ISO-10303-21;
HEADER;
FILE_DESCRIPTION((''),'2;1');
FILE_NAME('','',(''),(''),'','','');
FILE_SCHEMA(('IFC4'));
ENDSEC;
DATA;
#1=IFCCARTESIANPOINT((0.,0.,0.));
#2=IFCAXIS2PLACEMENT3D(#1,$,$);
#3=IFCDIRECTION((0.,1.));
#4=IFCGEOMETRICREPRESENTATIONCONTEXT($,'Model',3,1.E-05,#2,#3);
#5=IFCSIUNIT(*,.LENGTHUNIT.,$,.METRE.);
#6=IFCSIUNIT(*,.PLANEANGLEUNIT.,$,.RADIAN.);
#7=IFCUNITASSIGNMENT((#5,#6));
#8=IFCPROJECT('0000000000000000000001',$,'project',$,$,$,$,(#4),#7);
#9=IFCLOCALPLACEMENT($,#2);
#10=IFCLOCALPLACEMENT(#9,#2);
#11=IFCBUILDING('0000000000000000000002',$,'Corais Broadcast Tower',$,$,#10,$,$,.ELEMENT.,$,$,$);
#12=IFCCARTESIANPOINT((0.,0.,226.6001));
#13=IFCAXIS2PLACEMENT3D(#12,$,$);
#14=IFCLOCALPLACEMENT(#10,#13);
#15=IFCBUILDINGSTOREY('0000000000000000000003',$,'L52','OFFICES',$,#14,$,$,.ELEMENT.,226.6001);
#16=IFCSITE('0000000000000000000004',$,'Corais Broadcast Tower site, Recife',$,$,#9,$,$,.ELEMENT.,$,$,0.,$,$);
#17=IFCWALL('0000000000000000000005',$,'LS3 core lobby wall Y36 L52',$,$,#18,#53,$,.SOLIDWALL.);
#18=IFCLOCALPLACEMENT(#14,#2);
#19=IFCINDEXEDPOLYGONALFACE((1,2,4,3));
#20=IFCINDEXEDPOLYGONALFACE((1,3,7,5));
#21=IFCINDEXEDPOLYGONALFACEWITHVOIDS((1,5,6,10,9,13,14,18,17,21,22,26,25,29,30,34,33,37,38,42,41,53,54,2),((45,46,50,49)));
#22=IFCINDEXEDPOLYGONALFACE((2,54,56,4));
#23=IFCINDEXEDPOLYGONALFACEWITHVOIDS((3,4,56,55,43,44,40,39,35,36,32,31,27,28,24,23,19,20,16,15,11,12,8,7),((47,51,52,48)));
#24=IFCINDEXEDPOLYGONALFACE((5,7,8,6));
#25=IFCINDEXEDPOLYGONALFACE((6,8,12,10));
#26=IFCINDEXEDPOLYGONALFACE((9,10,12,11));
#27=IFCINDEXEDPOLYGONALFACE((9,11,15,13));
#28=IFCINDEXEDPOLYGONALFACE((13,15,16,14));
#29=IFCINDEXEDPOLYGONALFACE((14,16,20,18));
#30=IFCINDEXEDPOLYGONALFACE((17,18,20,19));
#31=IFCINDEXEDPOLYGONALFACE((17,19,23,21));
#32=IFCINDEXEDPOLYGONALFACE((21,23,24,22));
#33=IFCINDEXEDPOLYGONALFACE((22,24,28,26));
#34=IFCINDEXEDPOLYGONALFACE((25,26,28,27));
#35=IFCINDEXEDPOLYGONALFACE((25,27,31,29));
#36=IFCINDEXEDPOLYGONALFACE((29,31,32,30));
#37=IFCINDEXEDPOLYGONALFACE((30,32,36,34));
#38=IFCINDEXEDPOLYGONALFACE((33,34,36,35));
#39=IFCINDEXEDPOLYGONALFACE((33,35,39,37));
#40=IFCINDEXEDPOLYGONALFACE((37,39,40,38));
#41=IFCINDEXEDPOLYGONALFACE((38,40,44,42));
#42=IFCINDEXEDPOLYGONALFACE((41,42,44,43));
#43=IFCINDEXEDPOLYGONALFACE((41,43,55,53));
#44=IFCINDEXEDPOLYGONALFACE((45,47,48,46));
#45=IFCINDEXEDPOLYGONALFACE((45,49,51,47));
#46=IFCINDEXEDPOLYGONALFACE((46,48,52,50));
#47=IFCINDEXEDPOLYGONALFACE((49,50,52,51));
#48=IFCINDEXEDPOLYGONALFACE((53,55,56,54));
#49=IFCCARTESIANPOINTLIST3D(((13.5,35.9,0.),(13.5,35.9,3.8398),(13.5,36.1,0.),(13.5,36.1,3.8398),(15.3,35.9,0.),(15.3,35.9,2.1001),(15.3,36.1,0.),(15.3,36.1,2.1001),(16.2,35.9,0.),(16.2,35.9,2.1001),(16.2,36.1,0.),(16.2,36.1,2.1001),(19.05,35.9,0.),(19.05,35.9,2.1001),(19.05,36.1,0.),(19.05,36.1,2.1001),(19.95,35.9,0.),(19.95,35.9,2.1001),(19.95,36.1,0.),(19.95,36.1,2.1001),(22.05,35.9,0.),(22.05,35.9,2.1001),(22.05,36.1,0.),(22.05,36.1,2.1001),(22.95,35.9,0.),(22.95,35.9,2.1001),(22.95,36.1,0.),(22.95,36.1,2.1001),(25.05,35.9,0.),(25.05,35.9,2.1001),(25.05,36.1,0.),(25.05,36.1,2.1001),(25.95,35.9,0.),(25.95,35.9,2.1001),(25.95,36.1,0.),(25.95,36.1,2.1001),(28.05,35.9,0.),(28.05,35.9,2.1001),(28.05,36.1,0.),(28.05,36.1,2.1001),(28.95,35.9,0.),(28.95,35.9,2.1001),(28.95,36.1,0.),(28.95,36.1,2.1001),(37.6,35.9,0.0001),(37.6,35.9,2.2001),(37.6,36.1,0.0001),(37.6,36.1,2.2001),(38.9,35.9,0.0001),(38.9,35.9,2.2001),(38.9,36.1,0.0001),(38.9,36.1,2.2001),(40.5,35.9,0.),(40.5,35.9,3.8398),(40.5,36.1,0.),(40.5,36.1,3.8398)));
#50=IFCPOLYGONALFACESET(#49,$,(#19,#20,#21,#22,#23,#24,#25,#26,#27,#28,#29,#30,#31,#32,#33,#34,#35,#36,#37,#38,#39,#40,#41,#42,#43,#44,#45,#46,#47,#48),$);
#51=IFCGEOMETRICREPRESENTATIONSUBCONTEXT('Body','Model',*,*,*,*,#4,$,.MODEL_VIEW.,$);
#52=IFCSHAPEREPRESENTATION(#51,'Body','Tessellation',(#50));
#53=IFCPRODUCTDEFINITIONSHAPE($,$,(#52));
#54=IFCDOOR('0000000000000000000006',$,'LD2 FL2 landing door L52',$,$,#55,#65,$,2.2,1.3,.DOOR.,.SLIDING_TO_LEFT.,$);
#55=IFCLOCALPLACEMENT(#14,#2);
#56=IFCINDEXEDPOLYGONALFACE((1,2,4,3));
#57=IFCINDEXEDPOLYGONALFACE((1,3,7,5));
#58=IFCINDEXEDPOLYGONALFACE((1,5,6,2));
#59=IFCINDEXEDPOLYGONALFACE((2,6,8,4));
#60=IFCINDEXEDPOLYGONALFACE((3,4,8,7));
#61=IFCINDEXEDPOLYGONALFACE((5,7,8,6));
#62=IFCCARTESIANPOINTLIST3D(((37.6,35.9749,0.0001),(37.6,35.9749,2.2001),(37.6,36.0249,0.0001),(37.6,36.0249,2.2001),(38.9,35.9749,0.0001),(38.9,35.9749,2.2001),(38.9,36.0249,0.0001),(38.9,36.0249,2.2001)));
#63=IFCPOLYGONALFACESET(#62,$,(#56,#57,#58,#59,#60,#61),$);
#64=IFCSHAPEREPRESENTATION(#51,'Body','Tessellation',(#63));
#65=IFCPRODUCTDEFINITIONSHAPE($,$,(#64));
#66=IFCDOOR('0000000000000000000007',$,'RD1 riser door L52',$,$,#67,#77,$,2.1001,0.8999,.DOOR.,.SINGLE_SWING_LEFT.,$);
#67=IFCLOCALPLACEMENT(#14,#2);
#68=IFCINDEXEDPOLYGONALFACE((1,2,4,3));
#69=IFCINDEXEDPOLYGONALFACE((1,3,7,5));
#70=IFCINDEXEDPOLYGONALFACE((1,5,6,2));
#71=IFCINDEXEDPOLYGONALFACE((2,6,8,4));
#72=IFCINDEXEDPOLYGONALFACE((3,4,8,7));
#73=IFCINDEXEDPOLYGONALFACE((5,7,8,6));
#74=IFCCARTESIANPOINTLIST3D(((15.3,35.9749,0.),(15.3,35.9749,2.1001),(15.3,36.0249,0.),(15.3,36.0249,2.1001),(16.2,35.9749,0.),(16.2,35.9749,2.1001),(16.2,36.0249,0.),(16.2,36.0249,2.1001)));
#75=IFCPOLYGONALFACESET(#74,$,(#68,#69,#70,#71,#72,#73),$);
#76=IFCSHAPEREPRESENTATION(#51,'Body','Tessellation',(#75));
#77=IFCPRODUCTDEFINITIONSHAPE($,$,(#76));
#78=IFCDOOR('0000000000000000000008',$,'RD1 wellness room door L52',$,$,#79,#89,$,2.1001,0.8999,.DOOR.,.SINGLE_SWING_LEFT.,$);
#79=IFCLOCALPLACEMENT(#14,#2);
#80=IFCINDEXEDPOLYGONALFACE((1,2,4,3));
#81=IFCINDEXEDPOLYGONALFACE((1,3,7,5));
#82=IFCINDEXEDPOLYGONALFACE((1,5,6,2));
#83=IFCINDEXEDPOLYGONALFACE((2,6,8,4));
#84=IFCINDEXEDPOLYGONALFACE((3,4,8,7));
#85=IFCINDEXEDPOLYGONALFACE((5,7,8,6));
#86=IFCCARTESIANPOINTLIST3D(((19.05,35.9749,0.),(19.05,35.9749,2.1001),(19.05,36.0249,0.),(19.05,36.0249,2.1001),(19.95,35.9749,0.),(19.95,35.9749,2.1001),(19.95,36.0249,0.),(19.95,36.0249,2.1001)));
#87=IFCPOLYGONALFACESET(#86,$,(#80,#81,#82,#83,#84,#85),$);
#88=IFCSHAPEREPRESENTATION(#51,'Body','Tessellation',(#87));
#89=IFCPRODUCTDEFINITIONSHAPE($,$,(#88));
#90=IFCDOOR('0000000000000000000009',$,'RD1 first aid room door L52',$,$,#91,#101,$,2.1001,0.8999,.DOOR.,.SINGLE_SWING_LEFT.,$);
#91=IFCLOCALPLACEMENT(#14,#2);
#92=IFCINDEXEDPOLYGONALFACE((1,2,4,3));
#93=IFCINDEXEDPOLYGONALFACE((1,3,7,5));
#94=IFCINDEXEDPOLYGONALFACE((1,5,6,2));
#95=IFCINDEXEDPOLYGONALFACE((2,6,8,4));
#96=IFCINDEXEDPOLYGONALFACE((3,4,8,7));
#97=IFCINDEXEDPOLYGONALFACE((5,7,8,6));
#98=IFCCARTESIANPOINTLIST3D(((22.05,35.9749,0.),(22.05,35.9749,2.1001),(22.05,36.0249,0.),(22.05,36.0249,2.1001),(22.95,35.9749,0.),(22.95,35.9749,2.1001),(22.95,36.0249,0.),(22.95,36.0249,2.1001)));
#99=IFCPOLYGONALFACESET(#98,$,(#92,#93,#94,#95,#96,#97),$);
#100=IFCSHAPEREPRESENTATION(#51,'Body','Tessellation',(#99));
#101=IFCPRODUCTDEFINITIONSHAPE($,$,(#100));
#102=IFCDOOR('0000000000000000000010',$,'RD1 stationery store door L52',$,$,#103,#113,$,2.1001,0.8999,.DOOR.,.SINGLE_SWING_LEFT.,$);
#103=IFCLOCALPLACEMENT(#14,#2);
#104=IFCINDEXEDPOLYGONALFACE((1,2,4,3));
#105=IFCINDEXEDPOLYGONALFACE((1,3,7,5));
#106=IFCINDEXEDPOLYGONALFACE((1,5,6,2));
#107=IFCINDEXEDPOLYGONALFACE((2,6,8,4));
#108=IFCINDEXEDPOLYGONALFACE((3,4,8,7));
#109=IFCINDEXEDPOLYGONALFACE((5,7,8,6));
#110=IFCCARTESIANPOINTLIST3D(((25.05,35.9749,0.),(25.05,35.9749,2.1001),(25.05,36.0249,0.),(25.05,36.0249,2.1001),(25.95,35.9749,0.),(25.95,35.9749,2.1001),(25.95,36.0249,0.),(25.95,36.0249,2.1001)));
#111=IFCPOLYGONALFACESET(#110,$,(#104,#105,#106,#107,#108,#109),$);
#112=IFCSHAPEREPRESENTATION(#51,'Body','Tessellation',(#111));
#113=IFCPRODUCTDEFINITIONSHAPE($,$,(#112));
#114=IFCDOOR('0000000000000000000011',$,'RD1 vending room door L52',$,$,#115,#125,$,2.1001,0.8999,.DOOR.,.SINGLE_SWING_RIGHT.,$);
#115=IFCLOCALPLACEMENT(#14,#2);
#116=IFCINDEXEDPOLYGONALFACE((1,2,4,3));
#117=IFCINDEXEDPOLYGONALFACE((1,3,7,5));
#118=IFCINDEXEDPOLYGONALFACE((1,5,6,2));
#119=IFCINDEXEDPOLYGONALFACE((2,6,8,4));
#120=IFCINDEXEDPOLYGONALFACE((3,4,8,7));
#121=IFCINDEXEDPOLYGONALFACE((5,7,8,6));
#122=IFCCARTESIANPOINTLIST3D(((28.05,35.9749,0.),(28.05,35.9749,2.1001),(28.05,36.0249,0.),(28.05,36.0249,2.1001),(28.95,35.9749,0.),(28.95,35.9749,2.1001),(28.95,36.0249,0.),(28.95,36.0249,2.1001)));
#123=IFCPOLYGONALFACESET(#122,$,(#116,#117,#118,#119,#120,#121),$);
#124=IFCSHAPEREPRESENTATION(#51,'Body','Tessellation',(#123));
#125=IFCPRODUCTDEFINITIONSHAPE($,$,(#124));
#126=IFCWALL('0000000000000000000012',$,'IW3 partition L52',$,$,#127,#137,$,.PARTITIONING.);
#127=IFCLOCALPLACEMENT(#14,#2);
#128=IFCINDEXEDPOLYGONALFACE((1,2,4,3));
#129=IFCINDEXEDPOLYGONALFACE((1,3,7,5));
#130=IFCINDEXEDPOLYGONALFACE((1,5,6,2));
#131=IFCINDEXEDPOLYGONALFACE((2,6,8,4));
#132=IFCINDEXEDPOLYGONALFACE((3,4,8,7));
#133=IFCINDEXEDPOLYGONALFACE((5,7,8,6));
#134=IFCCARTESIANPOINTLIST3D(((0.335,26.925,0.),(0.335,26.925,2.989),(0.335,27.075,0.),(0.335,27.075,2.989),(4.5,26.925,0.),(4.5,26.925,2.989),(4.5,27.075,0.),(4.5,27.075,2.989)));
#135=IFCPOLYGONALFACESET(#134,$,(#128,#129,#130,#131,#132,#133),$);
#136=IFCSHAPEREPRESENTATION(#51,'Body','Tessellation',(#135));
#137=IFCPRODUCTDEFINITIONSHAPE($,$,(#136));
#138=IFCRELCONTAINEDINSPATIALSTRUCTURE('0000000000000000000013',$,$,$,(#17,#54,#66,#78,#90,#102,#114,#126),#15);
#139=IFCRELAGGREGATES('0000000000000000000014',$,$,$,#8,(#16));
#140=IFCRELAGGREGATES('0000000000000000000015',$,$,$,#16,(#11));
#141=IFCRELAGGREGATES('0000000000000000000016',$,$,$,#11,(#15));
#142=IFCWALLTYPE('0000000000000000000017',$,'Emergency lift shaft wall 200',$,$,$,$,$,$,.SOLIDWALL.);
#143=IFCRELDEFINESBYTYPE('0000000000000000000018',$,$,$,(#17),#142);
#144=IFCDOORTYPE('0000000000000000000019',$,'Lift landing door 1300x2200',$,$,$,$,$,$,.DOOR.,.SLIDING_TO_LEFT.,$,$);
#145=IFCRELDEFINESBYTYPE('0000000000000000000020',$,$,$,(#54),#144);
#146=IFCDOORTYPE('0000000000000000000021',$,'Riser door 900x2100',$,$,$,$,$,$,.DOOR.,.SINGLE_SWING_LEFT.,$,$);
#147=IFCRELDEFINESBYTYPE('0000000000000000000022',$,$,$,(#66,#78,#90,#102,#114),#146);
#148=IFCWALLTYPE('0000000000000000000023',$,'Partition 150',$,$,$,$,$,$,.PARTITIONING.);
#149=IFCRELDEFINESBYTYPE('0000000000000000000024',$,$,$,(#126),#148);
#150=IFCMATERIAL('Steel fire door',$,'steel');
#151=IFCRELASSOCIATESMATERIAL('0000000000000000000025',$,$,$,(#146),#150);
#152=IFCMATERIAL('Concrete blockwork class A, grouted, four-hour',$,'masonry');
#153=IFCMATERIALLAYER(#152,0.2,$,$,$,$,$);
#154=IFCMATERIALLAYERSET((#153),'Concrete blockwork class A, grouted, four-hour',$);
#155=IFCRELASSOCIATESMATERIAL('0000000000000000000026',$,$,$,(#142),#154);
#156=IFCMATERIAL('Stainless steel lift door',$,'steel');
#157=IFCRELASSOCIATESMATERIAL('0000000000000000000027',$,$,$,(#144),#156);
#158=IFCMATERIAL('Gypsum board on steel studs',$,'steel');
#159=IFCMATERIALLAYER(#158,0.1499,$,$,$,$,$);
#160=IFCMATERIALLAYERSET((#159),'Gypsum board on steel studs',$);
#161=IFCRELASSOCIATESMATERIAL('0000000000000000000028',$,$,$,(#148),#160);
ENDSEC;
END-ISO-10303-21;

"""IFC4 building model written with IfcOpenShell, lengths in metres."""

from ifc_helpers import new_model, si_unit, direction, frame, frame_2d, origin, place, context, subcontext, project, spatial, rectangle, extrude, material, layer, layer_set, type_object, element, fill, save


model = new_model("IFC4")

# Units and contexts
model_context = context("Model", 3, precision=1e-05, world=origin(), true_north=direction((0.0, 1.0)))
body_context = subcontext(model_context, "Body", "Model", "MODEL_VIEW")
ifc_project = project(units=[si_unit("LENGTHUNIT", "METRE"), si_unit("PLANEANGLEUNIT", "RADIAN")], contexts=[model_context])

# Site, building, storey
site_placement = place(None, origin())
site = spatial("IfcSite", under=ifc_project, at=site_placement, Name="Corais Broadcast Tower site, Recife", CompositionType="ELEMENT", RefElevation=0.0)
building_placement = place(site_placement, origin())
building = spatial("IfcBuilding", under=site, at=building_placement, Name="Corais Broadcast Tower", CompositionType="ELEMENT")
storey_placement = place(building_placement, frame((0.0, 0.0, 226.6001)))
storey = spatial("IfcBuildingStorey", under=building, at=storey_placement, Name="L52", Description="OFFICES", CompositionType="ELEMENT", Elevation=226.6001)

# Wall, openings, doors
ifc_material_1 = material(Name="Steel fire door", Category="steel")
door_type_1 = type_object("IfcDoorType", Name="Riser door 900x2100", OperationType="SINGLE_SWING_LEFT", PredefinedType="DOOR", material=ifc_material_1)
ifc_material_2 = material(Name="Concrete blockwork class A, grouted, four-hour", Category="masonry")
ifc_layer_1 = layer(ifc_material_2, 0.2)
ifc_layer_set_1 = layer_set([ifc_layer_1], Name="Concrete blockwork class A, grouted, four-hour")
wall_type_1 = type_object("IfcWallType", Name="Emergency lift shaft wall 200", PredefinedType="SOLIDWALL", material=ifc_layer_set_1)
wall_1_placement = place(storey_placement, frame((13.5, 36.0, 0.0), z_axis=(0.0, 0.0, 1.0), x_axis=(1.0, 0.0, 0.0)))
wall_1 = element("IfcWall", 1, at=wall_1_placement, inside=storey, type_object=wall_type_1, Name="LS3 core lobby wall Y36 L52", PredefinedType="SOLIDWALL", context=body_context, shape_type="SweptSolid", body=[
    extrude(rectangle(XDim=27.0, YDim=0.2, at=frame_2d((13.5, 0.0))), origin(), (0.0, 0.0, 1.0), 3.8398),
])
opening_1_placement = place(wall_1_placement, frame((1.8, 0.0, 0.0)))
opening_1 = element("IfcOpeningElement", 2, at=opening_1_placement, cuts=wall_1, PredefinedType="OPENING", context=body_context, shape_type="SweptSolid", body=[
    extrude(rectangle(XDim=0.8999, YDim=2.1001, at=frame_2d((0.45, 1.05))), frame((0.0, 0.1099, 0.0), z_axis=(0.0, -1.0, 0.0), x_axis=(1.0, 0.0, 0.0)), (0.0, 0.0, 1.0), 0.22),
])
opening_2_placement = place(wall_1_placement, frame((5.55, 0.0, 0.0)))
opening_2 = element("IfcOpeningElement", 3, at=opening_2_placement, cuts=wall_1, PredefinedType="OPENING", context=body_context, shape_type="SweptSolid", body=[
    extrude(rectangle(XDim=0.8999, YDim=2.1001, at=frame_2d((0.45, 1.05))), frame((0.0, 0.1099, 0.0), z_axis=(0.0, -1.0, 0.0), x_axis=(1.0, 0.0, 0.0)), (0.0, 0.0, 1.0), 0.22),
])
opening_3_placement = place(wall_1_placement, frame((8.55, 0.0, 0.0)))
opening_3 = element("IfcOpeningElement", 4, at=opening_3_placement, cuts=wall_1, PredefinedType="OPENING", context=body_context, shape_type="SweptSolid", body=[
    extrude(rectangle(XDim=0.8999, YDim=2.1001, at=frame_2d((0.45, 1.05))), frame((0.0, 0.1099, 0.0), z_axis=(0.0, -1.0, 0.0), x_axis=(1.0, 0.0, 0.0)), (0.0, 0.0, 1.0), 0.22),
])
opening_4_placement = place(wall_1_placement, frame((11.55, 0.0, 0.0)))
opening_4 = element("IfcOpeningElement", 5, at=opening_4_placement, cuts=wall_1, PredefinedType="OPENING", context=body_context, shape_type="SweptSolid", body=[
    extrude(rectangle(XDim=0.8999, YDim=2.1001, at=frame_2d((0.45, 1.05))), frame((0.0, 0.1099, 0.0), z_axis=(0.0, -1.0, 0.0), x_axis=(1.0, 0.0, 0.0)), (0.0, 0.0, 1.0), 0.22),
])
opening_5_placement = place(wall_1_placement, frame((14.55, 0.0, 0.0)))
opening_5 = element("IfcOpeningElement", 6, at=opening_5_placement, cuts=wall_1, PredefinedType="OPENING", context=body_context, shape_type="SweptSolid", body=[
    extrude(rectangle(XDim=0.8999, YDim=2.1001, at=frame_2d((0.45, 1.05))), frame((0.0, 0.1099, 0.0), z_axis=(0.0, -1.0, 0.0), x_axis=(1.0, 0.0, 0.0)), (0.0, 0.0, 1.0), 0.22),
])
opening_6_placement = place(wall_1_placement, frame((24.1001, 0.0, 0.0)))
opening_6 = element("IfcOpeningElement", 7, at=opening_6_placement, cuts=wall_1, PredefinedType="OPENING", context=body_context, shape_type="SweptSolid", body=[
    extrude(rectangle(XDim=1.3, YDim=2.2, at=frame_2d((0.6499, 1.1001))), frame((0.0, 0.1099, 0.0), z_axis=(0.0, -1.0, 0.0), x_axis=(1.0, 0.0, 0.0)), (0.0, 0.0, 1.0), 0.22),
])
ifc_material_3 = material(Name="Stainless steel lift door", Category="steel")
door_type_2 = type_object("IfcDoorType", Name="Lift landing door 1300x2200", OperationType="SLIDING_TO_LEFT", PredefinedType="DOOR", material=ifc_material_3)
door_1_placement = place(opening_6_placement, origin())
door_1 = element("IfcDoor", 8, at=door_1_placement, inside=storey, type_object=door_type_2, Name="LD2 FL2 landing door L52", OperationType="SLIDING_TO_LEFT", OverallHeight=2.2, OverallWidth=1.3, PredefinedType="DOOR", context=body_context, shape_type="SweptSolid", body=[
    extrude(rectangle(XDim=1.3, YDim=2.2, at=frame_2d((0.6499, 1.1001))), frame((0.0, 0.0249, 0.0), z_axis=(0.0, -1.0, 0.0), x_axis=(1.0, 0.0, 0.0)), (0.0, 0.0, 1.0), 0.05),
])
fill(opening_6, door_1)
door_2_placement = place(opening_1_placement, origin())
door_2 = element("IfcDoor", 9, at=door_2_placement, inside=storey, type_object=door_type_1, Name="RD1 riser door L52", OperationType="SINGLE_SWING_LEFT", OverallHeight=2.1001, OverallWidth=0.8999, PredefinedType="DOOR", context=body_context, shape_type="SweptSolid", body=[
    extrude(rectangle(XDim=0.8999, YDim=2.1001, at=frame_2d((0.45, 1.05))), frame((0.0, 0.0249, 0.0), z_axis=(0.0, -1.0, 0.0), x_axis=(1.0, 0.0, 0.0)), (0.0, 0.0, 1.0), 0.05),
])
fill(opening_1, door_2)
door_3_placement = place(opening_2_placement, origin())
door_3 = element("IfcDoor", 10, at=door_3_placement, inside=storey, type_object=door_type_1, Name="RD1 wellness room door L52", OperationType="SINGLE_SWING_LEFT", OverallHeight=2.1001, OverallWidth=0.8999, PredefinedType="DOOR", context=body_context, shape_type="SweptSolid", body=[
    extrude(rectangle(XDim=0.8999, YDim=2.1001, at=frame_2d((0.45, 1.05))), frame((0.0, 0.0249, 0.0), z_axis=(0.0, -1.0, 0.0), x_axis=(1.0, 0.0, 0.0)), (0.0, 0.0, 1.0), 0.05),
])
fill(opening_2, door_3)
door_4_placement = place(opening_3_placement, origin())
door_4 = element("IfcDoor", 11, at=door_4_placement, inside=storey, type_object=door_type_1, Name="RD1 first aid room door L52", OperationType="SINGLE_SWING_LEFT", OverallHeight=2.1001, OverallWidth=0.8999, PredefinedType="DOOR", context=body_context, shape_type="SweptSolid", body=[
    extrude(rectangle(XDim=0.8999, YDim=2.1001, at=frame_2d((0.45, 1.05))), frame((0.0, 0.0249, 0.0), z_axis=(0.0, -1.0, 0.0), x_axis=(1.0, 0.0, 0.0)), (0.0, 0.0, 1.0), 0.05),
])
fill(opening_3, door_4)
door_5_placement = place(opening_4_placement, origin())
door_5 = element("IfcDoor", 12, at=door_5_placement, inside=storey, type_object=door_type_1, Name="RD1 stationery store door L52", OperationType="SINGLE_SWING_LEFT", OverallHeight=2.1001, OverallWidth=0.8999, PredefinedType="DOOR", context=body_context, shape_type="SweptSolid", body=[
    extrude(rectangle(XDim=0.8999, YDim=2.1001, at=frame_2d((0.45, 1.05))), frame((0.0, 0.0249, 0.0), z_axis=(0.0, -1.0, 0.0), x_axis=(1.0, 0.0, 0.0)), (0.0, 0.0, 1.0), 0.05),
])
fill(opening_4, door_5)
door_6_placement = place(opening_5_placement, origin())
door_6 = element("IfcDoor", 13, at=door_6_placement, inside=storey, type_object=door_type_1, Name="RD1 vending room door L52", OperationType="SINGLE_SWING_RIGHT", OverallHeight=2.1001, OverallWidth=0.8999, PredefinedType="DOOR", context=body_context, shape_type="SweptSolid", body=[
    extrude(rectangle(XDim=0.8999, YDim=2.1001, at=frame_2d((0.45, 1.05))), frame((0.0, 0.0249, 0.0), z_axis=(0.0, -1.0, 0.0), x_axis=(1.0, 0.0, 0.0)), (0.0, 0.0, 1.0), 0.05),
])
fill(opening_5, door_6)

# Wall
ifc_material_4 = material(Name="Gypsum board on steel studs", Category="steel")
ifc_layer_2 = layer(ifc_material_4, 0.1499)
ifc_layer_set_2 = layer_set([ifc_layer_2], Name="Gypsum board on steel studs")
wall_type_2 = type_object("IfcWallType", Name="Partition 150", PredefinedType="PARTITIONING", material=ifc_layer_set_2)
wall_2_placement = place(storey_placement, frame((4.5, 27.0, 0.0), z_axis=(0.0, 0.0, 1.0), x_axis=(-1.0, 0.0, 0.0)))
element("IfcWall", 14, at=wall_2_placement, inside=storey, type_object=wall_type_2, Name="IW3 partition L52", PredefinedType="PARTITIONING", context=body_context, shape_type="SweptSolid", body=[
    extrude(rectangle(XDim=4.165, YDim=0.1499, at=frame_2d((2.0825, 0.0))), origin(), (0.0, 0.0, 1.0), 2.989),
])

save(model, "model.ifc")
